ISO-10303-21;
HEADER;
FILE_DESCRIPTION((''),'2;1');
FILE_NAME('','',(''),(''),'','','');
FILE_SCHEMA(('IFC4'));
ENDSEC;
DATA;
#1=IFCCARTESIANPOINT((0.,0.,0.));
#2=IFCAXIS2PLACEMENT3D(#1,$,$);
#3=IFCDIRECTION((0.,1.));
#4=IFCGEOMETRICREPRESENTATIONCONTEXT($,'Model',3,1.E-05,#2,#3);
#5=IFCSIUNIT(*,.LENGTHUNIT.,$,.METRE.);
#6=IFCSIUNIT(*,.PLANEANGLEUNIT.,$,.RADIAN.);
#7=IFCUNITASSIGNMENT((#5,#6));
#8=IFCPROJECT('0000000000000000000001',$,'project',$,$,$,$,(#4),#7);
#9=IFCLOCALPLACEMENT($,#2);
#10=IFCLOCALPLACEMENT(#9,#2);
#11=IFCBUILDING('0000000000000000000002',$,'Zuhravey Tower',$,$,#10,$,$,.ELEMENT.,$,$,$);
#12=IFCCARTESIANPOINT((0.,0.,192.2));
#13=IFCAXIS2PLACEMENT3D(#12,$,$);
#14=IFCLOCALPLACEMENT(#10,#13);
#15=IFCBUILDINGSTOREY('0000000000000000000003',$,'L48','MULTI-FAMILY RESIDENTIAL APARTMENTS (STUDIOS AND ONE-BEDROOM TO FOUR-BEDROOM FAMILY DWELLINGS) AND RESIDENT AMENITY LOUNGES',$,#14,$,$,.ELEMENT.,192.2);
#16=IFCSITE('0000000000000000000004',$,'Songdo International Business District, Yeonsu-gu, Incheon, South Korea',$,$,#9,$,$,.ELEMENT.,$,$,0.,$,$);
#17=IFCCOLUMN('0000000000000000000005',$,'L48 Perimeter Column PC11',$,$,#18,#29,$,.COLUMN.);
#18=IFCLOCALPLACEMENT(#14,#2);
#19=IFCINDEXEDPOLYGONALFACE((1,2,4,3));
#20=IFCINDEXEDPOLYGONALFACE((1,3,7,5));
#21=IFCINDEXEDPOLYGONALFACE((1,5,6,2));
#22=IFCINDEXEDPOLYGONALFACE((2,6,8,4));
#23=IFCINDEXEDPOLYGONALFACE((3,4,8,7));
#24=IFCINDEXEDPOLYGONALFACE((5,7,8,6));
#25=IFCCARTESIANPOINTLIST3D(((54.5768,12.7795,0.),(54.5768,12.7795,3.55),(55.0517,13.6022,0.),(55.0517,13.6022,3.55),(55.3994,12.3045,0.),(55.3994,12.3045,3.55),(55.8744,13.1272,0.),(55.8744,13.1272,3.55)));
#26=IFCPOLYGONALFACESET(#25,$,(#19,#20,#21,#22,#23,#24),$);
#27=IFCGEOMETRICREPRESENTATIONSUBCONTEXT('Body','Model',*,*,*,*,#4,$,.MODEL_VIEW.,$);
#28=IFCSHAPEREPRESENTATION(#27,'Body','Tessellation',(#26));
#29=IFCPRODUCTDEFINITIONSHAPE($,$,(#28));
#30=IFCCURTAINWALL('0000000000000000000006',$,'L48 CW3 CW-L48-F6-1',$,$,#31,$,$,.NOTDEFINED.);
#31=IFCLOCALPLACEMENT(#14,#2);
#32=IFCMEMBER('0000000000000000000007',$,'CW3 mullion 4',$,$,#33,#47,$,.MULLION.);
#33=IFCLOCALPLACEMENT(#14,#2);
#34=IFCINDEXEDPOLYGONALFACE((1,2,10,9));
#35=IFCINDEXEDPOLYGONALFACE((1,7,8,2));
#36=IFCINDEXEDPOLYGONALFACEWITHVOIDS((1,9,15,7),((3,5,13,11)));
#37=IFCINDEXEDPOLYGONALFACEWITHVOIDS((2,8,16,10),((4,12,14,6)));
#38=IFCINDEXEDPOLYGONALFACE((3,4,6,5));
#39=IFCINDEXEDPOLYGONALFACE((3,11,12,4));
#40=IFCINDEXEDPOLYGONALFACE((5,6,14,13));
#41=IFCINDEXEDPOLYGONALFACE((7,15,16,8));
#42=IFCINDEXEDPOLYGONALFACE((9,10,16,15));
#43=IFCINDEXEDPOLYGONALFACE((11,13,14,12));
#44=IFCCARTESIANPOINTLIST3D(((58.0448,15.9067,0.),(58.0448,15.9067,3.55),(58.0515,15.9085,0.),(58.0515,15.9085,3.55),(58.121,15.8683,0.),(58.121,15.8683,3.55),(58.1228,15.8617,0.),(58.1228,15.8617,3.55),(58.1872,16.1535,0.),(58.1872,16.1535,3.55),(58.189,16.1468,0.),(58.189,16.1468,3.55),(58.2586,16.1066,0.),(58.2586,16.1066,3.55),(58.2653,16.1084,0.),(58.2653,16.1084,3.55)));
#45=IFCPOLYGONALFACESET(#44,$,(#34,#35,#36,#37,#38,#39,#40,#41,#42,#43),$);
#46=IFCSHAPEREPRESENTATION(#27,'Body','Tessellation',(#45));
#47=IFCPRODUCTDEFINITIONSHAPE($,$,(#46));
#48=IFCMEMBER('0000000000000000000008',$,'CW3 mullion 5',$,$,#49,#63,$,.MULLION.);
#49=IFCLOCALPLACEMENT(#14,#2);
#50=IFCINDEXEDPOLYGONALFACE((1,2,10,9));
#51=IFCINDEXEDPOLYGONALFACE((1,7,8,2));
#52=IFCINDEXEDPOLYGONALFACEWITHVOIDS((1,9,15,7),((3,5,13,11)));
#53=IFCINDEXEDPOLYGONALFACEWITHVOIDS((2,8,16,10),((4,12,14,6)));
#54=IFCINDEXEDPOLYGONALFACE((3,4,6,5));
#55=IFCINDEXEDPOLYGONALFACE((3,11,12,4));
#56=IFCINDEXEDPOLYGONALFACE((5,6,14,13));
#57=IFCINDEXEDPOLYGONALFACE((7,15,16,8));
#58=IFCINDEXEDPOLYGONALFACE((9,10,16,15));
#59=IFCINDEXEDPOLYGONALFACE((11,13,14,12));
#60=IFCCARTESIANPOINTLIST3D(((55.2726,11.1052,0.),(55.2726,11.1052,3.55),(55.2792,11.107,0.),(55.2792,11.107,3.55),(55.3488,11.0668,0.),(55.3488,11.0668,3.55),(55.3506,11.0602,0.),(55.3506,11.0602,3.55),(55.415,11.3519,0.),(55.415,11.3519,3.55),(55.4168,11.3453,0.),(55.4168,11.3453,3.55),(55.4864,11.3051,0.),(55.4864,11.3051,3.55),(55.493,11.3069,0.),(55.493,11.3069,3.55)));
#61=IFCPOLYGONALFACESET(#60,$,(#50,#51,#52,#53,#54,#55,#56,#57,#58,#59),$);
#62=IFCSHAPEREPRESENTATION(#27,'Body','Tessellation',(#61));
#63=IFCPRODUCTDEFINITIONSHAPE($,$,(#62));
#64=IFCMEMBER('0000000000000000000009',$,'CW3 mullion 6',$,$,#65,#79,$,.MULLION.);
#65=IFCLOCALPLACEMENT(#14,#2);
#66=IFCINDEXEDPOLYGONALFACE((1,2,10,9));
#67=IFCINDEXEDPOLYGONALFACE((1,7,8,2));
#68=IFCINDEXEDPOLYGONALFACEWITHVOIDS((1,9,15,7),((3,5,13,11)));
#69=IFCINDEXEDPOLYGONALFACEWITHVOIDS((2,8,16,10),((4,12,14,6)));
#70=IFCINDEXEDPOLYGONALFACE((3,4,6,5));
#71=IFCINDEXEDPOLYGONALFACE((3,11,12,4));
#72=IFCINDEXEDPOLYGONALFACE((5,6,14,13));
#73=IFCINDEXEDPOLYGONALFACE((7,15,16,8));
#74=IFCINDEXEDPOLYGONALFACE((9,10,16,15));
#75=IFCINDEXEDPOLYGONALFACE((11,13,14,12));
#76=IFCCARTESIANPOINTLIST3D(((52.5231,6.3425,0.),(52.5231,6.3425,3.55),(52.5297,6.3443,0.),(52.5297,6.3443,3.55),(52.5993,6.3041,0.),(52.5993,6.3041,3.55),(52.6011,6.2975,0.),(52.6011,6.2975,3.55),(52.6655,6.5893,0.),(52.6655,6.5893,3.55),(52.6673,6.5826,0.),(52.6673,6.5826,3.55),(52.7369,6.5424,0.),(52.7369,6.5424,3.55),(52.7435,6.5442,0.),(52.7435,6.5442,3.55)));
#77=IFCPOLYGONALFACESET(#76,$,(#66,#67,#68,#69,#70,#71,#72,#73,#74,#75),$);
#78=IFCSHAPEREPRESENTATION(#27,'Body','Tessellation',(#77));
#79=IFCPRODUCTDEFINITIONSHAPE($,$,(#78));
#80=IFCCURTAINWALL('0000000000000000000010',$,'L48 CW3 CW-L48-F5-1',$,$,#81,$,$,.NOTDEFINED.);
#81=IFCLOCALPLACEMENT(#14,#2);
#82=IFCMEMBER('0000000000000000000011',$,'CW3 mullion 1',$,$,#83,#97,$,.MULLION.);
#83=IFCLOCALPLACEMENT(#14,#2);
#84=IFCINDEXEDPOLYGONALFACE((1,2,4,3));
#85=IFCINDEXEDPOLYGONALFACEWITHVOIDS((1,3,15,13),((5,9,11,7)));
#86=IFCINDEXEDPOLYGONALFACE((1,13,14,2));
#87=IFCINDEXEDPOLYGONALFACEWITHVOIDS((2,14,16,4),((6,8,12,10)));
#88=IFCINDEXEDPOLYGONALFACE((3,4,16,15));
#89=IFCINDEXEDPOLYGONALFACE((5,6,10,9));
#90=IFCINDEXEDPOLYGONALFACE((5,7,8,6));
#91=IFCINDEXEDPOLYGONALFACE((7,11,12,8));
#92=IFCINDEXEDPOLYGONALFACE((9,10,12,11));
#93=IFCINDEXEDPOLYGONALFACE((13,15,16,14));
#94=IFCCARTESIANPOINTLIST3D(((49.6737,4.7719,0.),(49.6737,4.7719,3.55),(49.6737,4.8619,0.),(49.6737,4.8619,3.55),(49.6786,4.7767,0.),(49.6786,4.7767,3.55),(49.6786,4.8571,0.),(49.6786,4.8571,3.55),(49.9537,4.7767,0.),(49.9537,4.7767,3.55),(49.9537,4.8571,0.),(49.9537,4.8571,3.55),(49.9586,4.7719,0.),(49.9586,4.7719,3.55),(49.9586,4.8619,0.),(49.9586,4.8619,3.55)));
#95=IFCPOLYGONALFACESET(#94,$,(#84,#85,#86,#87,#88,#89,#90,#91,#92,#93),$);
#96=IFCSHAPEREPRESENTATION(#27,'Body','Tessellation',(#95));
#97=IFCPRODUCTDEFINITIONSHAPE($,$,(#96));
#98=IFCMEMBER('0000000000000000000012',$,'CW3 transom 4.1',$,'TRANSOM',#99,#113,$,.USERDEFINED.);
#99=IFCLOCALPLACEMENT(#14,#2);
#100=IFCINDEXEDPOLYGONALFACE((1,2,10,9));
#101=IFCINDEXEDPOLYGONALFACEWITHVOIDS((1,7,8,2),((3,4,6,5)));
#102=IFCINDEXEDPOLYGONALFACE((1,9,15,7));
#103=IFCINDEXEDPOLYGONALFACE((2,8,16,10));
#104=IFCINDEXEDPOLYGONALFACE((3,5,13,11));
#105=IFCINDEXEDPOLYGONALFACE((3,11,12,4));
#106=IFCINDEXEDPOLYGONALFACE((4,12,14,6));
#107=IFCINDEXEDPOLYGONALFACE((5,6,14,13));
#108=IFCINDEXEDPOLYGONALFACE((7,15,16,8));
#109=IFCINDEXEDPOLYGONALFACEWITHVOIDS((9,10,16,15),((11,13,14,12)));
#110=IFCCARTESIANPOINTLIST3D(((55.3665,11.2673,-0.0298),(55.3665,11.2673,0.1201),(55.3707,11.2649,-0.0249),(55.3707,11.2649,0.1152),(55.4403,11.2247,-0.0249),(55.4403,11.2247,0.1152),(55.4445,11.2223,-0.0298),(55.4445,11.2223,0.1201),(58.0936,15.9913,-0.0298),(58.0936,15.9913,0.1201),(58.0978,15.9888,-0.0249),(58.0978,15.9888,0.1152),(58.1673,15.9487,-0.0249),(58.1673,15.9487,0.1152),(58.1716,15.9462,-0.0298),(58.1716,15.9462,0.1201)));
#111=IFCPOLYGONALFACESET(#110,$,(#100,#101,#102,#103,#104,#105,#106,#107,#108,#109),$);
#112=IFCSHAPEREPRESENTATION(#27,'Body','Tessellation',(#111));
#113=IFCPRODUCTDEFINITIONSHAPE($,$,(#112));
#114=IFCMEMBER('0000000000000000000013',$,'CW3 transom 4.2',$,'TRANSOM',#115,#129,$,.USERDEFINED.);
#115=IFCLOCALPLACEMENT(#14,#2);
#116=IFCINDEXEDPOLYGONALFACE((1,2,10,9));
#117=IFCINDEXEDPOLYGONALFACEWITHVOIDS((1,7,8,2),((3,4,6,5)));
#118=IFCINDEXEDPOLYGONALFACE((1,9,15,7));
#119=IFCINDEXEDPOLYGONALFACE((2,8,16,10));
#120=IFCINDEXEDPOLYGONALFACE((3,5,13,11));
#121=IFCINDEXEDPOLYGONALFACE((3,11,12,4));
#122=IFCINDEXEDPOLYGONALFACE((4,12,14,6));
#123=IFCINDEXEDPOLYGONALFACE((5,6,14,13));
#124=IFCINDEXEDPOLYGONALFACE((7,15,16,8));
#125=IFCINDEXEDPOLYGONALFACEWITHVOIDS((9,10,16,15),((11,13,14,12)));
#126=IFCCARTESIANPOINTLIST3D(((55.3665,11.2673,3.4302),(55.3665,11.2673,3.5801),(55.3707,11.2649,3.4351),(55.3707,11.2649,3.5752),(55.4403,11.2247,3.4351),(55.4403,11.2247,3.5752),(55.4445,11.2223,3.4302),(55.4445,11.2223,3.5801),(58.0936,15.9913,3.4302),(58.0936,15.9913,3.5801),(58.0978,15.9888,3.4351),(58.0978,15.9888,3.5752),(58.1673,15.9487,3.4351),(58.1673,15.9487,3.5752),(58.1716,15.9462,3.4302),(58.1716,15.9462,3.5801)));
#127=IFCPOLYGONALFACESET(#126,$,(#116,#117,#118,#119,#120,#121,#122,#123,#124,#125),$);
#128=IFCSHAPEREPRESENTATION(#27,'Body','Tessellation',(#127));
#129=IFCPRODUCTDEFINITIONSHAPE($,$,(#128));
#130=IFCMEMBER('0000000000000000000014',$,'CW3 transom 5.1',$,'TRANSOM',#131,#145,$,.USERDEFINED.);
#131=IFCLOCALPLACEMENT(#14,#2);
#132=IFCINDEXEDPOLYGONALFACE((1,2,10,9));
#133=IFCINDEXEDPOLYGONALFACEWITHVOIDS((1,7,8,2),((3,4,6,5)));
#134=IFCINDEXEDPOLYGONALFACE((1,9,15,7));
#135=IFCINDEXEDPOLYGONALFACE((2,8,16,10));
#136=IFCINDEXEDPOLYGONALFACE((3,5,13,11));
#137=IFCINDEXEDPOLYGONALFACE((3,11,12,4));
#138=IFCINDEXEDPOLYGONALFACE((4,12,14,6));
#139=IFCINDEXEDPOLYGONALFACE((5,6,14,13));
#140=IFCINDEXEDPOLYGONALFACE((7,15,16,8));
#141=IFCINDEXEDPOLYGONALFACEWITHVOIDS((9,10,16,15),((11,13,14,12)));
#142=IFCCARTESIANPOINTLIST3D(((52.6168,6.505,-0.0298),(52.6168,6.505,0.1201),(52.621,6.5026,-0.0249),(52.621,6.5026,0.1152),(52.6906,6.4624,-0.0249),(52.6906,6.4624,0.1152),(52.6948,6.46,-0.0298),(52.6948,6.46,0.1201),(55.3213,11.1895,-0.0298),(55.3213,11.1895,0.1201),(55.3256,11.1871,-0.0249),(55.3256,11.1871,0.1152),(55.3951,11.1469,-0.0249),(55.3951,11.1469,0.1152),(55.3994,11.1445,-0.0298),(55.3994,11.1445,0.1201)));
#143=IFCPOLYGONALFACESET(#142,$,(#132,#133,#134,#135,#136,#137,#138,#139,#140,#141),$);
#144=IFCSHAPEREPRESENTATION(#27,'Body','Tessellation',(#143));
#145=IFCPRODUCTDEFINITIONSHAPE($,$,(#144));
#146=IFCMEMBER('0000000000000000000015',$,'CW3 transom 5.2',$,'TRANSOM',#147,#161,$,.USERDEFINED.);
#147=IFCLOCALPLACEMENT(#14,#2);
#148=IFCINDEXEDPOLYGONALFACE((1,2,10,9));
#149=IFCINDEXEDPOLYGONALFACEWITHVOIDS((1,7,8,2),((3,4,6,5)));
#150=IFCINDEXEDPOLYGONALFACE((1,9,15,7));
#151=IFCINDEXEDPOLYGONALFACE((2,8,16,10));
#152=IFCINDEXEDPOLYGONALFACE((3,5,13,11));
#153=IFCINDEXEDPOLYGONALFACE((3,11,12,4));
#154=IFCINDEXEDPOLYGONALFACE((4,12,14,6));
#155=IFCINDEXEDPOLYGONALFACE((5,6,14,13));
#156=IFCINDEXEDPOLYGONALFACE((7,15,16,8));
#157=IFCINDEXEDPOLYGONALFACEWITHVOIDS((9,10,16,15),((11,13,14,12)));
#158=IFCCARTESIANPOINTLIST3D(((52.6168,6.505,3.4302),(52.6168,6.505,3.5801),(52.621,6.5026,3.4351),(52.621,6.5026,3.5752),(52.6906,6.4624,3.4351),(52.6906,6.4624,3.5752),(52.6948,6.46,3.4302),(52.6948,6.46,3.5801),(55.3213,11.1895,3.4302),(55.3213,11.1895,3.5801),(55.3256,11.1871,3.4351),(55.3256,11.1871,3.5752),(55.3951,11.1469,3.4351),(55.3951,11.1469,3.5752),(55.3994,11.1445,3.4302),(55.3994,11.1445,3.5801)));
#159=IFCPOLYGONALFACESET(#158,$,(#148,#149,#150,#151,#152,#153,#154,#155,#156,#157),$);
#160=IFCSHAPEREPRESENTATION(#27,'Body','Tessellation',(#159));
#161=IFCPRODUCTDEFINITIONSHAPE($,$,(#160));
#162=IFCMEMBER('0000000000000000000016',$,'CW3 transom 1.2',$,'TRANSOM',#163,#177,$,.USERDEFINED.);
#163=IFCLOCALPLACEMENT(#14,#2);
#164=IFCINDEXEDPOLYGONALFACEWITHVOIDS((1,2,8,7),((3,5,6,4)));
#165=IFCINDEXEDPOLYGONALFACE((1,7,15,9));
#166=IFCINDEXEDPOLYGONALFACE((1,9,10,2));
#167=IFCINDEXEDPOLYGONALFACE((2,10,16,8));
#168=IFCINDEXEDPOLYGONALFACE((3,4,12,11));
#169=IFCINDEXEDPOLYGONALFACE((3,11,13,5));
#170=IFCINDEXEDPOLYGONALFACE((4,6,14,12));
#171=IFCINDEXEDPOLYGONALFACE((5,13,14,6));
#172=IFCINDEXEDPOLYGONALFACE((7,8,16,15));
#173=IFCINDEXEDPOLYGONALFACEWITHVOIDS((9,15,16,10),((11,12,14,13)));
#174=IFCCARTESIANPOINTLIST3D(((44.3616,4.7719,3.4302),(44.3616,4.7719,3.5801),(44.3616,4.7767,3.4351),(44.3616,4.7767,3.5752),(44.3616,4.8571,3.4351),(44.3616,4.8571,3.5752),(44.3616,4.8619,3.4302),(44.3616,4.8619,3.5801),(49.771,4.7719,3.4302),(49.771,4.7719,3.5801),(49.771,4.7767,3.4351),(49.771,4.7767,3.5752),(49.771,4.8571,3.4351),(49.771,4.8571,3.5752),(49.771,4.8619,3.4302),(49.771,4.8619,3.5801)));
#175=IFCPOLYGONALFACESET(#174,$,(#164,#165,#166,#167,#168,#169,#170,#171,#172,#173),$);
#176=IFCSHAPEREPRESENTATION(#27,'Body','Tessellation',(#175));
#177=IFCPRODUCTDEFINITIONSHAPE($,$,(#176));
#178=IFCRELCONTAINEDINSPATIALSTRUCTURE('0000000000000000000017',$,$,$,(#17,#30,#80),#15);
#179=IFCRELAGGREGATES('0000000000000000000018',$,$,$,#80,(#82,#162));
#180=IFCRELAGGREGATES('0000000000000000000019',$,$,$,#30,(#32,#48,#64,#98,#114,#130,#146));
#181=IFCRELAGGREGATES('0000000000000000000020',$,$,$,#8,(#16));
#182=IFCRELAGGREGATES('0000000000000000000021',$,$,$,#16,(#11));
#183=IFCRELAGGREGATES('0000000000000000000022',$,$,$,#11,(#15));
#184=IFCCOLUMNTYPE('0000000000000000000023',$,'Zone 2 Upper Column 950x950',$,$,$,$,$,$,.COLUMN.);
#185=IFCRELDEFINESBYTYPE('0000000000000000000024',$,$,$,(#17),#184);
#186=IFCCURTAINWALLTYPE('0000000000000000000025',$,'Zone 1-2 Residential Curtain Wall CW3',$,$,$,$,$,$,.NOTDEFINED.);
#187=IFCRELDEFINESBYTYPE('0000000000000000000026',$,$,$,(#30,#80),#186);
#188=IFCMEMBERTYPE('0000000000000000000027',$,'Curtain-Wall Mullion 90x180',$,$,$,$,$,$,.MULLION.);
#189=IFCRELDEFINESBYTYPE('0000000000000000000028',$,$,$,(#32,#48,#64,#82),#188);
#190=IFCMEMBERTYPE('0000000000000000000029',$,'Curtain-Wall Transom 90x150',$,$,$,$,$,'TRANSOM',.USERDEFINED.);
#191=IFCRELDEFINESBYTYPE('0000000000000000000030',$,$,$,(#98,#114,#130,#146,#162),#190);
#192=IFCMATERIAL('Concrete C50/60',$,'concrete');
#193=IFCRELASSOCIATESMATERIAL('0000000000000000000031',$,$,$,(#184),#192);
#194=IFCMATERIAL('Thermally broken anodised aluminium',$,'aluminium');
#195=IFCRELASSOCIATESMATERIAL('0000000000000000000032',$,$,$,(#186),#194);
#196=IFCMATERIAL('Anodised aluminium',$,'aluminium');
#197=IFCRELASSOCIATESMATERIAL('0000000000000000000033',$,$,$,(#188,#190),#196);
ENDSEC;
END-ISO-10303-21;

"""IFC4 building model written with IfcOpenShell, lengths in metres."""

from ifc_helpers import new_model, si_unit, direction, frame, origin, origin_2d, place, context, subcontext, project, spatial, rectangle, hollow_rectangle, extrude, material, material_profile, profile_set, type_object, element, aggregate, save


model = new_model("IFC4")

# Units and contexts
model_context = context("Model", 3, precision=1e-05, world=origin(), true_north=direction((0.0, 1.0)))
body_context = subcontext(model_context, "Body", "Model", "MODEL_VIEW")
ifc_project = project(units=[si_unit("LENGTHUNIT", "METRE"), si_unit("PLANEANGLEUNIT", "RADIAN")], contexts=[model_context])

# Site, building, storey
site_placement = place(None, origin())
site = spatial("IfcSite", under=ifc_project, at=site_placement, Name="Songdo International Business District, Yeonsu-gu, Incheon, South Korea", CompositionType="ELEMENT", RefElevation=0.0)
building_placement = place(site_placement, origin())
building = spatial("IfcBuilding", under=site, at=building_placement, Name="Zuhravey Tower", CompositionType="ELEMENT")
storey_placement = place(building_placement, frame((0.0, 0.0, 192.2)))
storey = spatial("IfcBuildingStorey", under=building, at=storey_placement, Name="L48", Description="MULTI-FAMILY RESIDENTIAL APARTMENTS (STUDIOS AND ONE-BEDROOM TO FOUR-BEDROOM FAMILY DWELLINGS) AND RESIDENT AMENITY LOUNGES", CompositionType="ELEMENT", Elevation=192.2)

# Column
ifc_material_1 = material(Name="Concrete C50/60", Category="concrete")
ifc_material_profile_1 = material_profile(ifc_material_1, rectangle(XDim=0.95, YDim=0.95, at=origin_2d()), Name="RC-950x950")
ifc_profile_set_1 = profile_set([ifc_material_profile_1], Name="Concrete C50/60")
column_type = type_object("IfcColumnType", Name="Zone 2 Upper Column 950x950", PredefinedType="COLUMN", material=ifc_profile_set_1)
column_placement = place(storey_placement, frame((55.2256, 12.9534, 0.0), z_axis=(0.0, 0.0, 1.0), x_axis=(0.5, 0.866025, 0.0)))
element("IfcColumn", 1, at=column_placement, inside=storey, type_object=column_type, Name="L48 Perimeter Column PC11", PredefinedType="COLUMN", context=body_context, shape_type="SweptSolid", body=[
    extrude(rectangle(XDim=0.95, YDim=0.95, at=origin_2d()), origin(), (0.0, 0.0, 1.0), 3.55),
])

# Curtain wall, members
ifc_material_2 = material(Name="Thermally broken anodised aluminium", Category="aluminium")
curtain_wall_type = type_object("IfcCurtainWallType", Name="Zone 1-2 Residential Curtain Wall CW3", PredefinedType="NOTDEFINED", material=ifc_material_2)
curtain_wall_1_placement = place(storey_placement, origin())
curtain_wall_1 = element("IfcCurtainWall", 2, at=curtain_wall_1_placement, inside=storey, type_object=curtain_wall_type, Name="L48 CW3 CW-L48-F6-1", PredefinedType="NOTDEFINED")
ifc_material_3 = material(Name="Anodised aluminium", Category="aluminium")
ifc_material_profile_2 = material_profile(ifc_material_3, hollow_rectangle(XDim=0.0901, YDim=0.2849, WallThickness=0.0049, at=origin_2d()), Name="ALU-RHS-90x285x5")
ifc_profile_set_2 = profile_set([ifc_material_profile_2], Name="Anodised aluminium")
member_type_1 = type_object("IfcMemberType", Name="Curtain-Wall Mullion 90x180", PredefinedType="MULLION", material=ifc_profile_set_2)
member_1_placement = place(storey_placement, frame((58.155, 16.0076, 0.0), z_axis=(0.0, 0.0, 1.0), x_axis=(0.866025, -0.5, 0.0)))
member_1 = element("IfcMember", 3, at=member_1_placement, type_object=member_type_1, Name="CW3 mullion 4", PredefinedType="MULLION", context=body_context, shape_type="SweptSolid", body=[
    extrude(hollow_rectangle(XDim=0.0901, YDim=0.2849, WallThickness=0.0049, at=origin_2d()), origin(), (0.0, 0.0, 1.0), 3.55),
])
member_2_placement = place(storey_placement, frame((55.3828, 11.2061, 0.0), z_axis=(0.0, 0.0, 1.0), x_axis=(0.866025, -0.5, 0.0)))
member_2 = element("IfcMember", 4, at=member_2_placement, type_object=member_type_1, Name="CW3 mullion 5", PredefinedType="MULLION", context=body_context, shape_type="SweptSolid", body=[
    extrude(hollow_rectangle(XDim=0.0901, YDim=0.2849, WallThickness=0.0049, at=origin_2d()), origin(), (0.0, 0.0, 1.0), 3.55),
])
member_3_placement = place(storey_placement, frame((52.6333, 6.4434, 0.0), z_axis=(0.0, 0.0, 1.0), x_axis=(0.866025, -0.5, 0.0)))
member_3 = element("IfcMember", 5, at=member_3_placement, type_object=member_type_1, Name="CW3 mullion 6", PredefinedType="MULLION", context=body_context, shape_type="SweptSolid", body=[
    extrude(hollow_rectangle(XDim=0.0901, YDim=0.2849, WallThickness=0.0049, at=origin_2d()), origin(), (0.0, 0.0, 1.0), 3.55),
])

# Curtain wall, member
curtain_wall_2_placement = place(storey_placement, origin())
curtain_wall_2 = element("IfcCurtainWall", 6, at=curtain_wall_2_placement, inside=storey, type_object=curtain_wall_type, Name="L48 CW3 CW-L48-F5-1", PredefinedType="NOTDEFINED")
member_4_placement = place(storey_placement, frame((49.8162, 4.8169, 0.0), z_axis=(0.0, 0.0, 1.0), x_axis=(0.0, -1.0, 0.0)))
member_4 = element("IfcMember", 7, at=member_4_placement, type_object=member_type_1, Name="CW3 mullion 1", PredefinedType="MULLION", context=body_context, shape_type="SweptSolid", body=[
    extrude(hollow_rectangle(XDim=0.0901, YDim=0.2849, WallThickness=0.0049, at=origin_2d()), origin(), (0.0, 0.0, 1.0), 3.55),
])

# Members
ifc_material_profile_3 = material_profile(ifc_material_3, hollow_rectangle(XDim=0.0901, YDim=0.1499, WallThickness=0.0049, at=origin_2d()), Name="ALU-RHS-90x150x5")
ifc_profile_set_3 = profile_set([ifc_material_profile_3], Name="Anodised aluminium")
member_type_2 = type_object("IfcMemberType", Name="Curtain-Wall Transom 90x150", ElementType="TRANSOM", PredefinedType="USERDEFINED", material=ifc_profile_set_3)
member_5_placement = place(storey_placement, frame((58.1326, 15.9688, 0.0452), z_axis=(-0.499961, -0.866048, 0.0), x_axis=(0.866048, -0.499961, 0.0)))
member_5 = element("IfcMember", 8, at=member_5_placement, type_object=member_type_2, Name="CW3 transom 4.1", ObjectType="TRANSOM", PredefinedType="USERDEFINED", context=body_context, shape_type="SweptSolid", body=[
    extrude(hollow_rectangle(XDim=0.0901, YDim=0.1499, WallThickness=0.0049, at=origin_2d()), origin(), (0.0, 0.0, 1.0), 5.4546),
])
member_6_placement = place(storey_placement, frame((58.1326, 15.9688, 3.5051), z_axis=(-0.499961, -0.866048, 0.0), x_axis=(0.866048, -0.499961, 0.0)))
member_6 = element("IfcMember", 9, at=member_6_placement, type_object=member_type_2, Name="CW3 transom 4.2", ObjectType="TRANSOM", PredefinedType="USERDEFINED", context=body_context, shape_type="SweptSolid", body=[
    extrude(hollow_rectangle(XDim=0.0901, YDim=0.1499, WallThickness=0.0049, at=origin_2d()), origin(), (0.0, 0.0, 1.0), 5.4546),
])
member_7_placement = place(storey_placement, frame((55.3604, 11.167, 0.0452), z_axis=(-0.499993, -0.866029, 0.0), x_axis=(0.866029, -0.499993, 0.0)))
member_7 = element("IfcMember", 10, at=member_7_placement, type_object=member_type_2, Name="CW3 transom 5.1", ObjectType="TRANSOM", PredefinedType="USERDEFINED", context=body_context, shape_type="SweptSolid", body=[
    extrude(hollow_rectangle(XDim=0.0901, YDim=0.1499, WallThickness=0.0049, at=origin_2d()), origin(), (0.0, 0.0, 1.0), 5.4092),
])
member_8_placement = place(storey_placement, frame((55.3604, 11.167, 3.5051), z_axis=(-0.499993, -0.866029, 0.0), x_axis=(0.866029, -0.499993, 0.0)))
member_8 = element("IfcMember", 11, at=member_8_placement, type_object=member_type_2, Name="CW3 transom 5.2", ObjectType="TRANSOM", PredefinedType="USERDEFINED", context=body_context, shape_type="SweptSolid", body=[
    extrude(hollow_rectangle(XDim=0.0901, YDim=0.1499, WallThickness=0.0049, at=origin_2d()), origin(), (0.0, 0.0, 1.0), 5.4092),
])
member_9_placement = place(storey_placement, frame((49.771, 4.8169, 3.5051), z_axis=(-1.0, 0.0, 0.0), x_axis=(0.0, -1.0, 0.0)))
member_9 = element("IfcMember", 12, at=member_9_placement, type_object=member_type_2, Name="CW3 transom 1.2", ObjectType="TRANSOM", PredefinedType="USERDEFINED", context=body_context, shape_type="SweptSolid", body=[
    extrude(hollow_rectangle(XDim=0.0901, YDim=0.1499, WallThickness=0.0049, at=origin_2d()), origin(), (0.0, 0.0, 1.0), 5.4094),
])
aggregate(curtain_wall_2, [member_4, member_9])

aggregate(curtain_wall_1, [member_1, member_2, member_3, member_5, member_6, member_7, member_8])

save(model, "model.ifc")
